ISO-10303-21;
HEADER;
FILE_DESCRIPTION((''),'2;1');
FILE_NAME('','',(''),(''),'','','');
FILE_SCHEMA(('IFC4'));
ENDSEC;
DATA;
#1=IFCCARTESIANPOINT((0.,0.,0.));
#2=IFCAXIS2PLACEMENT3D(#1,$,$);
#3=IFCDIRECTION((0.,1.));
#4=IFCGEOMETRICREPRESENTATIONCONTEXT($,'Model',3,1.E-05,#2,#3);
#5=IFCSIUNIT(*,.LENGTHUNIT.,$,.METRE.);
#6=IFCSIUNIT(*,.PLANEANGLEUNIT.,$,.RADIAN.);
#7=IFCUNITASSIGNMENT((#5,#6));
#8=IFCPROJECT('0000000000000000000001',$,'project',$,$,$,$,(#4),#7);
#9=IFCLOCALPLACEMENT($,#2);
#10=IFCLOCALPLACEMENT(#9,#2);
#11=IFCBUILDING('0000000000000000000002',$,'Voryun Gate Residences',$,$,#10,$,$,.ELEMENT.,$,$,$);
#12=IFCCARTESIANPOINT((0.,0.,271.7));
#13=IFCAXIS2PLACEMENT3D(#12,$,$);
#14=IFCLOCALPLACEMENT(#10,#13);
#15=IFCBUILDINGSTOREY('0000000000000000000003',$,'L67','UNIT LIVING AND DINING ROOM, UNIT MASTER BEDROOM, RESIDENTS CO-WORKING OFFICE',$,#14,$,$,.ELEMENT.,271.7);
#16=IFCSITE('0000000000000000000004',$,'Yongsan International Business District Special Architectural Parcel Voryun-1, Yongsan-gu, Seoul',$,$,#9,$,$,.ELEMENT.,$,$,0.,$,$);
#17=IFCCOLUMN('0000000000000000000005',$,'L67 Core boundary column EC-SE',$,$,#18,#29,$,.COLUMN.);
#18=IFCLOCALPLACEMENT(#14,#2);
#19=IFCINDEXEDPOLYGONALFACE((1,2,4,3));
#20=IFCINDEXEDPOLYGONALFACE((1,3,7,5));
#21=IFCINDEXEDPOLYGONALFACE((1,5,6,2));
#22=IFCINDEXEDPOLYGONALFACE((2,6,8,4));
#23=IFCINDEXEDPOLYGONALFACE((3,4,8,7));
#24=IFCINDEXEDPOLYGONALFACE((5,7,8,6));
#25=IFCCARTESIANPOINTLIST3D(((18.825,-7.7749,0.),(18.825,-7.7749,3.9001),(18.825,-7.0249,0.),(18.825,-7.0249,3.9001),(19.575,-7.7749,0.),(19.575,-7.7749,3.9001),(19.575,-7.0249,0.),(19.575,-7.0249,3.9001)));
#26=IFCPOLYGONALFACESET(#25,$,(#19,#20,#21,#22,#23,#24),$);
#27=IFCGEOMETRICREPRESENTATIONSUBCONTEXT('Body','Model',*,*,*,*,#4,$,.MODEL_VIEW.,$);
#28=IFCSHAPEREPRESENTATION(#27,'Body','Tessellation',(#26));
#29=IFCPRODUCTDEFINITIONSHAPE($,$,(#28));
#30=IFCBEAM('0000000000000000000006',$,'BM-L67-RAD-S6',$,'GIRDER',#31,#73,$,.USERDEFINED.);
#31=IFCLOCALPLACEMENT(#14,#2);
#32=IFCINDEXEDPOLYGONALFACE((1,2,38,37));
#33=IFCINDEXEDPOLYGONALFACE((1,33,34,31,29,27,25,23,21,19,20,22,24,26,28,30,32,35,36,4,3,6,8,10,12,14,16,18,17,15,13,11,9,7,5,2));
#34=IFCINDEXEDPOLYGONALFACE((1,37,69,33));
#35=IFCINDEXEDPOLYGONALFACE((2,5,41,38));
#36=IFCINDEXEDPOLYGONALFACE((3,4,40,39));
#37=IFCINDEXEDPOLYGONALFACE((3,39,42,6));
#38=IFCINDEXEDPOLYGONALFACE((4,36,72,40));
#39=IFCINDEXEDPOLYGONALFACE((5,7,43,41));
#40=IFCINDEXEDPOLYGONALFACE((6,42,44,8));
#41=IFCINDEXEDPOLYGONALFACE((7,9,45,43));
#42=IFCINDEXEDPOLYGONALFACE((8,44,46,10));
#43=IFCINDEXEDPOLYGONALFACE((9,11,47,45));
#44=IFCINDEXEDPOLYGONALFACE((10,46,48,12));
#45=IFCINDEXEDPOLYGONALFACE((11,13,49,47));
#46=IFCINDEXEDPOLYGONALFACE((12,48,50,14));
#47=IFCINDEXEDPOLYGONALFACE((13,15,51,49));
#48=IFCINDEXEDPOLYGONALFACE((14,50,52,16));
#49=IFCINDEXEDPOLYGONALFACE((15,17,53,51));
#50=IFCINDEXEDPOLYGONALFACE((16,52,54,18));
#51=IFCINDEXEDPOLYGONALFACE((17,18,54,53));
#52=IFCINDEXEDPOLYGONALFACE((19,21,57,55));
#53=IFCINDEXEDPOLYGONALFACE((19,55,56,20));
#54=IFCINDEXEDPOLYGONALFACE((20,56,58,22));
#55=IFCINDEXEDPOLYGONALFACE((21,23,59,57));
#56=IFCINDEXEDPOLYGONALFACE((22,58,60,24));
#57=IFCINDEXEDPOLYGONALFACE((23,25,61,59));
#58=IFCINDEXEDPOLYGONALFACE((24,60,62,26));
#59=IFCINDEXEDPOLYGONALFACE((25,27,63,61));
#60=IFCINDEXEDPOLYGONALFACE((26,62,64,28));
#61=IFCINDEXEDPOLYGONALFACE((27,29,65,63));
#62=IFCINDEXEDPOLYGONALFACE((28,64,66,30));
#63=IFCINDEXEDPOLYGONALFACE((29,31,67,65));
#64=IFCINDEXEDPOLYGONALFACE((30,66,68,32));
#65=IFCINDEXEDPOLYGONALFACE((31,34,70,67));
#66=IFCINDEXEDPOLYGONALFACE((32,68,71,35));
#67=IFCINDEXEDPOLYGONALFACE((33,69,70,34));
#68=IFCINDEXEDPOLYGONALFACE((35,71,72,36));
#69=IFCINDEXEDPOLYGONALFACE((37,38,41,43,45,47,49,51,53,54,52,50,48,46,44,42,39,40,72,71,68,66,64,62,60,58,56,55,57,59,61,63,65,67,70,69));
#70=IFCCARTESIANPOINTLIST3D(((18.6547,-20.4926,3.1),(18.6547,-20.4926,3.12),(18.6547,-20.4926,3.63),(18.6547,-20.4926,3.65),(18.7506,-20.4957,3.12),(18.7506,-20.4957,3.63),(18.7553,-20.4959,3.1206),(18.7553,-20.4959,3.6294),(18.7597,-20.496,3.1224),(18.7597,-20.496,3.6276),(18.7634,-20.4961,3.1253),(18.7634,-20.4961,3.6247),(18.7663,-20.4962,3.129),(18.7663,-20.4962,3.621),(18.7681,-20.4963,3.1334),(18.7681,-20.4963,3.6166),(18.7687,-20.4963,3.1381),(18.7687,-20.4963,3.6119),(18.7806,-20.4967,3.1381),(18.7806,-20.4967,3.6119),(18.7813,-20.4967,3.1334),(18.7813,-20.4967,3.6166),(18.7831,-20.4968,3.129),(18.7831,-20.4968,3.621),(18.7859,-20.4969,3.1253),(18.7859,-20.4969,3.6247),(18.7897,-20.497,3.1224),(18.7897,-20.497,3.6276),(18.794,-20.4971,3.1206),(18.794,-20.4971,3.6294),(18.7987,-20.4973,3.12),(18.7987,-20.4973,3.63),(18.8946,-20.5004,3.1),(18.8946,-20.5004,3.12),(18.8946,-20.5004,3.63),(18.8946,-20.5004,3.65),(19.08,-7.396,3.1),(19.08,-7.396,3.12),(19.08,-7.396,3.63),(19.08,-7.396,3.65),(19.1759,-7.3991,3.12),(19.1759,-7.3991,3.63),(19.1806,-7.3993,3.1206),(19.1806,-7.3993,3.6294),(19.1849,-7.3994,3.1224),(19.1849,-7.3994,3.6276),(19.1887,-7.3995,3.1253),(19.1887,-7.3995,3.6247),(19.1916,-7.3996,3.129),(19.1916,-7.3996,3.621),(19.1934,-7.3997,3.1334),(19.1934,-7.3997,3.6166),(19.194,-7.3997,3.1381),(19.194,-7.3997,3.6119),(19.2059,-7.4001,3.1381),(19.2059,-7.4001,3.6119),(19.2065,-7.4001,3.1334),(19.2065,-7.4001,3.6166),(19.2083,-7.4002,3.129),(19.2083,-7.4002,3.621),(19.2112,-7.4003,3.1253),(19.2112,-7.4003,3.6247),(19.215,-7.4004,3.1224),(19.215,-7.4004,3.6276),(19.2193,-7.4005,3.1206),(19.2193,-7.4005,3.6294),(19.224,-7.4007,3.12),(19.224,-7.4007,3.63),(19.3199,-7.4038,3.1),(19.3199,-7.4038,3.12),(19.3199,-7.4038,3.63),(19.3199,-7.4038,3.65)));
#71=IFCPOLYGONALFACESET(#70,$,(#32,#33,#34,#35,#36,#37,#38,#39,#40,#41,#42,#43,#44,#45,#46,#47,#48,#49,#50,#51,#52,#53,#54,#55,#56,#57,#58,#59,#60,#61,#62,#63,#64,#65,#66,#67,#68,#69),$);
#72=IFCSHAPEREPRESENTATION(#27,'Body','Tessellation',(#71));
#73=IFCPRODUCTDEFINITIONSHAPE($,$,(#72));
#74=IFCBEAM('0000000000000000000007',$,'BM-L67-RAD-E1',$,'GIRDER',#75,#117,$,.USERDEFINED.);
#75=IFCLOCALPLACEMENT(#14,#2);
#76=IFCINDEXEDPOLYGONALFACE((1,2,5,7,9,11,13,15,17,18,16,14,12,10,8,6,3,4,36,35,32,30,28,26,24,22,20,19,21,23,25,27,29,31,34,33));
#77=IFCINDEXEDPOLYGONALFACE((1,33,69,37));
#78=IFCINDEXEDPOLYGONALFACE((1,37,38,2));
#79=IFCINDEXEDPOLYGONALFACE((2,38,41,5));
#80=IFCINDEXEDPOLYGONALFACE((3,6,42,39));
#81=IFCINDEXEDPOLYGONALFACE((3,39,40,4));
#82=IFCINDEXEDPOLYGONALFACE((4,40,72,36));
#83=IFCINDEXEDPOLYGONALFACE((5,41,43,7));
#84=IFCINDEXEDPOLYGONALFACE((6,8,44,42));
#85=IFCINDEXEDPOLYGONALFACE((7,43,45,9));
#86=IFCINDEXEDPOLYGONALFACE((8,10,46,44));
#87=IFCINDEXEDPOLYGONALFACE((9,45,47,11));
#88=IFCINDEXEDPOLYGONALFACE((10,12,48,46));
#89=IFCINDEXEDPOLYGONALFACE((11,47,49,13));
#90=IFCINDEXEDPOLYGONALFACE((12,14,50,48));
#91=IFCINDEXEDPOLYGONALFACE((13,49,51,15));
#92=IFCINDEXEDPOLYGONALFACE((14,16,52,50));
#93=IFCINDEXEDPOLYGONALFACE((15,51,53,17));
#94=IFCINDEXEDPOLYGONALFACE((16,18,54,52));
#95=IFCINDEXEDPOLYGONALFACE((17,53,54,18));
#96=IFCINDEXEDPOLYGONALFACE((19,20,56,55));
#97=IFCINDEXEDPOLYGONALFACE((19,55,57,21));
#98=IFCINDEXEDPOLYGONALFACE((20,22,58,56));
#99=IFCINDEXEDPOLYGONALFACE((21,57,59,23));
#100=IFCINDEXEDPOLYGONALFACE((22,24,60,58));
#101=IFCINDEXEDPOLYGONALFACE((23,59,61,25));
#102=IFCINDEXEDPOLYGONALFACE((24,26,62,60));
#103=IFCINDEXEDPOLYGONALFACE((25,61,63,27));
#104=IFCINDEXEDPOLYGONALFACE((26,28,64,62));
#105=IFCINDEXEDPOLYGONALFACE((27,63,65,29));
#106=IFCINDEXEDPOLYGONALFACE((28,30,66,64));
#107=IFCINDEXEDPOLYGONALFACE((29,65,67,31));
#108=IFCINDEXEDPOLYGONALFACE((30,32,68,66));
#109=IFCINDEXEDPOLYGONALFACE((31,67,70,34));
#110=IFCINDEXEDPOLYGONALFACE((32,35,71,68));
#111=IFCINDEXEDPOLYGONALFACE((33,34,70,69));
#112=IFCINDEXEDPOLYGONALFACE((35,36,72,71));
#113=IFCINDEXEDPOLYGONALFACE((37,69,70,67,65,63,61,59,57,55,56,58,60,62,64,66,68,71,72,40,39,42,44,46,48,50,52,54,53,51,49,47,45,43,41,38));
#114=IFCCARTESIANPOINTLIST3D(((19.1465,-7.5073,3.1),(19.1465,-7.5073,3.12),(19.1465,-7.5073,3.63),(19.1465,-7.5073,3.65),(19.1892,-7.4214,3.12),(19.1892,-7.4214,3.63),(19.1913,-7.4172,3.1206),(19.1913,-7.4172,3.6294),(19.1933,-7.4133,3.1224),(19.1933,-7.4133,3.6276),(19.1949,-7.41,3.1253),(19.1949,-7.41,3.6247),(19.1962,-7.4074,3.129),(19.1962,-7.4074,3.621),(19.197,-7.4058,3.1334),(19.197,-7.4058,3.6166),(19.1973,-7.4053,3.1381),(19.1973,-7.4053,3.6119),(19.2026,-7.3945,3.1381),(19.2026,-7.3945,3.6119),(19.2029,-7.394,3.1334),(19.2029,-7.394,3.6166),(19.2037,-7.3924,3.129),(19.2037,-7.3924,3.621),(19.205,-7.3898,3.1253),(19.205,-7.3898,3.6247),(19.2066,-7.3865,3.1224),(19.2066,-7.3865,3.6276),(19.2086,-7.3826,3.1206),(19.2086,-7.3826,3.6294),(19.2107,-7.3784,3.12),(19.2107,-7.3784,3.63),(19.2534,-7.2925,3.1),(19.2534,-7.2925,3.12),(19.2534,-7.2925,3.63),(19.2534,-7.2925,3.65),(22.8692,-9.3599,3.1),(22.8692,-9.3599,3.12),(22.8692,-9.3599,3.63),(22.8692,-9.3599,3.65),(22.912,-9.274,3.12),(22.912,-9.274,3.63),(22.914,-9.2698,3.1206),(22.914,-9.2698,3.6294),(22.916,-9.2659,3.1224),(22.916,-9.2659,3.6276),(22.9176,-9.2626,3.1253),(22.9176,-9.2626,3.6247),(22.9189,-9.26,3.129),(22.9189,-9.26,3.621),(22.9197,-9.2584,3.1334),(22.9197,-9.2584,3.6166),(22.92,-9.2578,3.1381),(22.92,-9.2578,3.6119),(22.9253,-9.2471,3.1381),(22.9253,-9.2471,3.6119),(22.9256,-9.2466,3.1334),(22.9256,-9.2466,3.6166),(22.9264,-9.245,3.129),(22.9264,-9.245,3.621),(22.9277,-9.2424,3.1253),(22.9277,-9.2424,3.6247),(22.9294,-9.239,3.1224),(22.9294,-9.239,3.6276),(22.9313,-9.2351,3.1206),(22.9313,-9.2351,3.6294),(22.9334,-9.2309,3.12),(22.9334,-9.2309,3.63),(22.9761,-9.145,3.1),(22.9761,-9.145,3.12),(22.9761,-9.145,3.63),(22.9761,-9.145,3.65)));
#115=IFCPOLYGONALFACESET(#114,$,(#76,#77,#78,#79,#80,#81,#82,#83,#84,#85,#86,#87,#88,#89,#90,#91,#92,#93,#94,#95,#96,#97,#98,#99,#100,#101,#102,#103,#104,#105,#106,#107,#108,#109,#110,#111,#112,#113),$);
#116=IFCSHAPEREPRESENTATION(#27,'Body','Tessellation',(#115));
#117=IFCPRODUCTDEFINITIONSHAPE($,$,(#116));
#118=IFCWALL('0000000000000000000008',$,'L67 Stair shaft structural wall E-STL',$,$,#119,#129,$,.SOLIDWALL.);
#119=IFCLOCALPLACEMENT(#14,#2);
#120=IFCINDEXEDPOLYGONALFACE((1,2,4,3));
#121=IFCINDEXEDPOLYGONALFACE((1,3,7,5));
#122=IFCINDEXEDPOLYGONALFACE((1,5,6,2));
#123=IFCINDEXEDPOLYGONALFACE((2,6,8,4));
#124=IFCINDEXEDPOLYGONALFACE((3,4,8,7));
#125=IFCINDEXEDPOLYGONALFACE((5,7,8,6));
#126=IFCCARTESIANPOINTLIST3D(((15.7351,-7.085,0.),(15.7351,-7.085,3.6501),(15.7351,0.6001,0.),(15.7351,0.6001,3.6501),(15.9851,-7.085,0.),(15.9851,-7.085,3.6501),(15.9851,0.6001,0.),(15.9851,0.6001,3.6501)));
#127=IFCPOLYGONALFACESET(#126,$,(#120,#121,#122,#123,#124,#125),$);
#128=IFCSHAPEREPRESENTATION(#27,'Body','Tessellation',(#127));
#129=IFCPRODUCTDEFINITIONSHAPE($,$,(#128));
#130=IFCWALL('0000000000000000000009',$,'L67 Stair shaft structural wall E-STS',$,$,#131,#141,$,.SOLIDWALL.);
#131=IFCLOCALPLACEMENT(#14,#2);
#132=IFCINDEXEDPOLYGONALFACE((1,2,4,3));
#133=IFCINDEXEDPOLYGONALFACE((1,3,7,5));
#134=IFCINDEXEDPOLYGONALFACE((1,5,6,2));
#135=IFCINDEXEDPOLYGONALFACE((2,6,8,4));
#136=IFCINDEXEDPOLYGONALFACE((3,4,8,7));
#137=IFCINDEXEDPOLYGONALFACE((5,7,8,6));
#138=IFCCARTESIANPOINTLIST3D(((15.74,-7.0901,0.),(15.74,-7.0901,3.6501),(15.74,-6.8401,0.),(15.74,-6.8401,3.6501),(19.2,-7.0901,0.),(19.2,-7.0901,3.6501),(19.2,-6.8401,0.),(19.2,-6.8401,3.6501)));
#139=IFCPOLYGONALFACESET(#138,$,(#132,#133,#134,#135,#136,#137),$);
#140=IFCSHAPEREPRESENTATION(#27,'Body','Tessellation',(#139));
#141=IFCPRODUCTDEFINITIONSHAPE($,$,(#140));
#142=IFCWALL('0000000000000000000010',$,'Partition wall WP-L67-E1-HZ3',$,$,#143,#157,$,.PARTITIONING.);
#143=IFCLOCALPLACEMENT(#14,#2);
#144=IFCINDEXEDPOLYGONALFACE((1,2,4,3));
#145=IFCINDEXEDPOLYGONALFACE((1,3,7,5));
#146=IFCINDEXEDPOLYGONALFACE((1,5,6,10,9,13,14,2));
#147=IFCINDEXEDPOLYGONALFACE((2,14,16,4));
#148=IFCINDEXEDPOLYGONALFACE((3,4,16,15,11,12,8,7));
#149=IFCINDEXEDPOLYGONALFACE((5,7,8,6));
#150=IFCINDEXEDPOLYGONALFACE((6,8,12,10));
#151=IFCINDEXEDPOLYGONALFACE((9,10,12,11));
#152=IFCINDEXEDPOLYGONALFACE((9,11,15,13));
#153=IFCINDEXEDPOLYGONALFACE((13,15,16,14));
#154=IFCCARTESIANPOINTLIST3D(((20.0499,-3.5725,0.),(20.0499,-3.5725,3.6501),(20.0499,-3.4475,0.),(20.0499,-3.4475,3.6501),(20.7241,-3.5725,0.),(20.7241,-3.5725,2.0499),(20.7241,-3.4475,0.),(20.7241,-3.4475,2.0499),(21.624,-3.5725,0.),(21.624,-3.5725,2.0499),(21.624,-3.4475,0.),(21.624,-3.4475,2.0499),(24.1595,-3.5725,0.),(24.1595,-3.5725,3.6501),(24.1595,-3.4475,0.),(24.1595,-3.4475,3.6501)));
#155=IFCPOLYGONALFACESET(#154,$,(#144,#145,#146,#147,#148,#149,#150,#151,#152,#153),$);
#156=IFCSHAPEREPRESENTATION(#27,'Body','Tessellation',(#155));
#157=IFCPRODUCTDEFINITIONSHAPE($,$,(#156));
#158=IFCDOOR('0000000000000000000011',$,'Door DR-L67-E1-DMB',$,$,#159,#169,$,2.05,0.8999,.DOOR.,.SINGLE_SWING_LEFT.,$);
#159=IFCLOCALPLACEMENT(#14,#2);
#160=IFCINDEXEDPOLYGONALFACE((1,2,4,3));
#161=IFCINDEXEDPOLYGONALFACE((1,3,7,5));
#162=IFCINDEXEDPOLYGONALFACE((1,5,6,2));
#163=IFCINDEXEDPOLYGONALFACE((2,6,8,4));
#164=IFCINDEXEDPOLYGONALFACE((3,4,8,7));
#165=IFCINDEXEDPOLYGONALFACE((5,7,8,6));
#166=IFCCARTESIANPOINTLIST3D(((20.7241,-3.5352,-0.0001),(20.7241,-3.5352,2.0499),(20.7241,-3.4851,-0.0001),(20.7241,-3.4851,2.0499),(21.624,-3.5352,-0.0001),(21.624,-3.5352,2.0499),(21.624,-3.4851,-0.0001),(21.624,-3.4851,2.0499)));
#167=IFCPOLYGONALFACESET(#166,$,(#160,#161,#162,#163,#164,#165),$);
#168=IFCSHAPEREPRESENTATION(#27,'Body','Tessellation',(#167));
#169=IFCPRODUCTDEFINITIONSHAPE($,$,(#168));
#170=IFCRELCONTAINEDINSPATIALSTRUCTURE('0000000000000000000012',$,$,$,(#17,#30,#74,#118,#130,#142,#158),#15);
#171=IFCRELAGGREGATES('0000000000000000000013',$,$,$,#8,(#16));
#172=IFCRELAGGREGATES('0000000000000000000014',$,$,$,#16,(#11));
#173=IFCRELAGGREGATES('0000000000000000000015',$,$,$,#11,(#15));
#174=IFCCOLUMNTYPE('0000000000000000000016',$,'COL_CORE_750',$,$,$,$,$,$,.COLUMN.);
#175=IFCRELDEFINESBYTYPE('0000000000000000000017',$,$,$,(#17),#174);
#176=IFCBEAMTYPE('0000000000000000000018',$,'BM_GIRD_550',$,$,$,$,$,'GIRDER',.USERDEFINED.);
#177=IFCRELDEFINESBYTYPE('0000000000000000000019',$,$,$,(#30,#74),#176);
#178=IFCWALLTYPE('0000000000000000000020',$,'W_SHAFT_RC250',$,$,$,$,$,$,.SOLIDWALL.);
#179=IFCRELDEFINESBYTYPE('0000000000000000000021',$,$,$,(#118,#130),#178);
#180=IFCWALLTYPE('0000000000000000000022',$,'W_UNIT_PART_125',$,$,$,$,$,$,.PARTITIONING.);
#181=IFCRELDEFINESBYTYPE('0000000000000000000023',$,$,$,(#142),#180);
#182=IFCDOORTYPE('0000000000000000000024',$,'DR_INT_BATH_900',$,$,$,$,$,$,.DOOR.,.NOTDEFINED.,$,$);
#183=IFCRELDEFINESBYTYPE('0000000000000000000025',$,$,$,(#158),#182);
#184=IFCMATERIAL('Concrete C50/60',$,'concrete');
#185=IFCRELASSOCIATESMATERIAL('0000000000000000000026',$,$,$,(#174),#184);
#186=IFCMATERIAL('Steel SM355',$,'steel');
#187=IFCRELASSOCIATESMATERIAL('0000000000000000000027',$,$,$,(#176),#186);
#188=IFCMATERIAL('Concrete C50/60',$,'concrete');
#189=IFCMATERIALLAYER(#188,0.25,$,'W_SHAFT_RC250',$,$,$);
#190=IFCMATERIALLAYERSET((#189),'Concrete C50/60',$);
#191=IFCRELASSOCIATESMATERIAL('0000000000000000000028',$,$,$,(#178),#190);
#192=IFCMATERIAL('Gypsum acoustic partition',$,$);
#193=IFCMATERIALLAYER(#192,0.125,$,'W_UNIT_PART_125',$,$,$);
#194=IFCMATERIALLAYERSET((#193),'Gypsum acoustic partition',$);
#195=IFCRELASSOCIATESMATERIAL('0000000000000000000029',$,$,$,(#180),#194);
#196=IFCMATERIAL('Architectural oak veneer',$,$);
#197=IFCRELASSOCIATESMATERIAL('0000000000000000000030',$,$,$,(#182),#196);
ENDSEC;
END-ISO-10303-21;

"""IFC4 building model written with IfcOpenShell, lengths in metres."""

from ifc_helpers import new_model, si_unit, direction, frame, frame_2d, origin, origin_2d, place, context, subcontext, project, spatial, rectangle, i_section, extrude, material, layer, layer_set, material_profile, profile_set, type_object, element, fill, save


model = new_model("IFC4")

# Units and contexts
model_context = context("Model", 3, precision=1e-05, world=origin(), true_north=direction((0.0, 1.0)))
body_context = subcontext(model_context, "Body", "Model", "MODEL_VIEW")
ifc_project = project(units=[si_unit("LENGTHUNIT", "METRE"), si_unit("PLANEANGLEUNIT", "RADIAN")], contexts=[model_context])

# Site, building, storey
site_placement = place(None, origin())
site = spatial("IfcSite", under=ifc_project, at=site_placement, Name="Yongsan International Business District Special Architectural Parcel Voryun-1, Yongsan-gu, Seoul", CompositionType="ELEMENT", RefElevation=0.0)
building_placement = place(site_placement, origin())
building = spatial("IfcBuilding", under=site, at=building_placement, Name="Voryun Gate Residences", CompositionType="ELEMENT")
storey_placement = place(building_placement, frame((0.0, 0.0, 271.7)))
storey = spatial("IfcBuildingStorey", under=building, at=storey_placement, Name="L67", Description="UNIT LIVING AND DINING ROOM, UNIT MASTER BEDROOM, RESIDENTS CO-WORKING OFFICE", CompositionType="ELEMENT", Elevation=271.7)

# Column
ifc_material_1 = material(Name="Concrete C50/60", Category="concrete")
ifc_material_profile_1 = material_profile(ifc_material_1, rectangle(XDim=0.75, YDim=0.75, at=origin_2d()), Name="RC-750x750")
ifc_profile_set_1 = profile_set([ifc_material_profile_1], Name="Concrete C50/60")
column_type = type_object("IfcColumnType", Name="COL_CORE_750", PredefinedType="COLUMN", material=ifc_profile_set_1)
column_placement = place(storey_placement, frame((19.2, -7.3999, 0.0), z_axis=(0.0, 0.0, 1.0), x_axis=(1.0, 0.0, 0.0)))
element("IfcColumn", 1, at=column_placement, inside=storey, type_object=column_type, Name="L67 Core boundary column EC-SE", PredefinedType="COLUMN", context=body_context, shape_type="SweptSolid", body=[
    extrude(rectangle(XDim=0.75, YDim=0.75, at=origin_2d()), origin(), (0.0, 0.0, 1.0), 3.9001),
])

# Beams
ifc_material_2 = material(Name="Steel SM355", Category="steel")
ifc_material_profile_2 = material_profile(ifc_material_2, i_section(OverallWidth=0.24, OverallDepth=0.55, WebThickness=0.012, FlangeThickness=0.02, FilletRadius=0.0181, at=origin_2d()), Name="H-550x240x12x20")
ifc_profile_set_2 = profile_set([ifc_material_profile_2], Name="Steel SM355")
beam_type = type_object("IfcBeamType", Name="BM_GIRD_550", ElementType="GIRDER", PredefinedType="USERDEFINED", material=ifc_profile_set_2)
beam_1_placement = place(storey_placement, frame((19.2, -7.3999, 3.375), z_axis=(-0.032456, -0.999473, 0.0), x_axis=(0.999473, -0.032456, 0.0)))
element("IfcBeam", 2, at=beam_1_placement, inside=storey, type_object=beam_type, Name="BM-L67-RAD-S6", ObjectType="GIRDER", PredefinedType="USERDEFINED", context=body_context, shape_type="SweptSolid", body=[
    extrude(i_section(OverallWidth=0.24, OverallDepth=0.55, WebThickness=0.012, FlangeThickness=0.02, FilletRadius=0.0181, at=origin_2d()), origin(), (0.0, 0.0, 1.0), 13.1035),
])
beam_2_placement = place(storey_placement, frame((19.2, -7.3999, 3.375), z_axis=(0.895271, -0.445522, 0.0), x_axis=(0.445522, 0.895271, 0.0)))
element("IfcBeam", 3, at=beam_2_placement, inside=storey, type_object=beam_type, Name="BM-L67-RAD-E1", ObjectType="GIRDER", PredefinedType="USERDEFINED", context=body_context, shape_type="SweptSolid", body=[
    extrude(i_section(OverallWidth=0.24, OverallDepth=0.55, WebThickness=0.012, FlangeThickness=0.02, FilletRadius=0.0181, at=origin_2d()), origin(), (0.0, 0.0, 1.0), 4.1582),
])

# Walls
ifc_material_3 = material(Name="Concrete C50/60", Category="concrete")
ifc_layer_1 = layer(ifc_material_3, 0.25, Name="W_SHAFT_RC250")
ifc_layer_set_1 = layer_set([ifc_layer_1], Name="Concrete C50/60")
wall_type_1 = type_object("IfcWallType", Name="W_SHAFT_RC250", PredefinedType="SOLIDWALL", material=ifc_layer_set_1)
wall_1_placement = place(storey_placement, frame((15.8601, -7.085, 0.0), z_axis=(0.0, 0.0, 1.0), x_axis=(0.0, 1.0, 0.0)))
element("IfcWall", 4, at=wall_1_placement, inside=storey, type_object=wall_type_1, Name="L67 Stair shaft structural wall E-STL", PredefinedType="SOLIDWALL", context=body_context, shape_type="SweptSolid", body=[
    extrude(rectangle(XDim=7.6851, YDim=0.25, at=frame_2d((3.8425, 0.0))), origin(), (0.0, 0.0, 1.0), 3.6501),
])
wall_2_placement = place(storey_placement, frame((15.74, -6.9651, 0.0), z_axis=(0.0, 0.0, 1.0), x_axis=(1.0, 0.0, 0.0)))
element("IfcWall", 5, at=wall_2_placement, inside=storey, type_object=wall_type_1, Name="L67 Stair shaft structural wall E-STS", PredefinedType="SOLIDWALL", context=body_context, shape_type="SweptSolid", body=[
    extrude(rectangle(XDim=3.46, YDim=0.25, at=frame_2d((1.73, 0.0))), origin(), (0.0, 0.0, 1.0), 3.6501),
])

# Wall, opening, door
ifc_material_4 = material(Name="Gypsum acoustic partition")
ifc_layer_2 = layer(ifc_material_4, 0.125, Name="W_UNIT_PART_125")
ifc_layer_set_2 = layer_set([ifc_layer_2], Name="Gypsum acoustic partition")
wall_type_2 = type_object("IfcWallType", Name="W_UNIT_PART_125", PredefinedType="PARTITIONING", material=ifc_layer_set_2)
wall_3_placement = place(storey_placement, frame((20.05, -3.51, 0.0), z_axis=(0.0, 0.0, 1.0), x_axis=(1.0, 0.0, 0.0)))
wall_3 = element("IfcWall", 6, at=wall_3_placement, inside=storey, type_object=wall_type_2, Name="Partition wall WP-L67-E1-HZ3", PredefinedType="PARTITIONING", context=body_context, shape_type="SweptSolid", body=[
    extrude(rectangle(XDim=4.1096, YDim=0.125, at=frame_2d((2.0547, 0.0))), origin(), (0.0, 0.0, 1.0), 3.6501),
])
opening_1_placement = place(wall_3_placement, frame((0.6741, 0.0, 0.0)))
opening_1 = element("IfcOpeningElement", 7, at=opening_1_placement, cuts=wall_3, PredefinedType="OPENING", context=body_context, shape_type="SweptSolid", body=[
    extrude(rectangle(XDim=0.8999, YDim=2.05, at=frame_2d((0.45, 1.0249))), frame((0.0, 0.0725, 0.0), z_axis=(0.0, -1.0, 0.0), x_axis=(1.0, 0.0, 0.0)), (0.0, 0.0, 1.0), 0.145),
])
ifc_material_5 = material(Name="Architectural oak veneer")
door_type = type_object("IfcDoorType", Name="DR_INT_BATH_900", OperationType="NOTDEFINED", PredefinedType="DOOR", material=ifc_material_5)
door_1_placement = place(opening_1_placement, origin())
door_1 = element("IfcDoor", 8, at=door_1_placement, inside=storey, type_object=door_type, Name="Door DR-L67-E1-DMB", OperationType="SINGLE_SWING_LEFT", OverallHeight=2.05, OverallWidth=0.8999, PredefinedType="DOOR", context=body_context, shape_type="SweptSolid", body=[
    extrude(rectangle(XDim=0.8999, YDim=2.05, at=frame_2d((0.45, 1.0249))), frame((0.0, 0.0249, 0.0), z_axis=(0.0, -1.0, 0.0), x_axis=(1.0, 0.0, 0.0)), (0.0, 0.0, 1.0), 0.05),
])
fill(opening_1, door_1)

save(model, "model.ifc")
